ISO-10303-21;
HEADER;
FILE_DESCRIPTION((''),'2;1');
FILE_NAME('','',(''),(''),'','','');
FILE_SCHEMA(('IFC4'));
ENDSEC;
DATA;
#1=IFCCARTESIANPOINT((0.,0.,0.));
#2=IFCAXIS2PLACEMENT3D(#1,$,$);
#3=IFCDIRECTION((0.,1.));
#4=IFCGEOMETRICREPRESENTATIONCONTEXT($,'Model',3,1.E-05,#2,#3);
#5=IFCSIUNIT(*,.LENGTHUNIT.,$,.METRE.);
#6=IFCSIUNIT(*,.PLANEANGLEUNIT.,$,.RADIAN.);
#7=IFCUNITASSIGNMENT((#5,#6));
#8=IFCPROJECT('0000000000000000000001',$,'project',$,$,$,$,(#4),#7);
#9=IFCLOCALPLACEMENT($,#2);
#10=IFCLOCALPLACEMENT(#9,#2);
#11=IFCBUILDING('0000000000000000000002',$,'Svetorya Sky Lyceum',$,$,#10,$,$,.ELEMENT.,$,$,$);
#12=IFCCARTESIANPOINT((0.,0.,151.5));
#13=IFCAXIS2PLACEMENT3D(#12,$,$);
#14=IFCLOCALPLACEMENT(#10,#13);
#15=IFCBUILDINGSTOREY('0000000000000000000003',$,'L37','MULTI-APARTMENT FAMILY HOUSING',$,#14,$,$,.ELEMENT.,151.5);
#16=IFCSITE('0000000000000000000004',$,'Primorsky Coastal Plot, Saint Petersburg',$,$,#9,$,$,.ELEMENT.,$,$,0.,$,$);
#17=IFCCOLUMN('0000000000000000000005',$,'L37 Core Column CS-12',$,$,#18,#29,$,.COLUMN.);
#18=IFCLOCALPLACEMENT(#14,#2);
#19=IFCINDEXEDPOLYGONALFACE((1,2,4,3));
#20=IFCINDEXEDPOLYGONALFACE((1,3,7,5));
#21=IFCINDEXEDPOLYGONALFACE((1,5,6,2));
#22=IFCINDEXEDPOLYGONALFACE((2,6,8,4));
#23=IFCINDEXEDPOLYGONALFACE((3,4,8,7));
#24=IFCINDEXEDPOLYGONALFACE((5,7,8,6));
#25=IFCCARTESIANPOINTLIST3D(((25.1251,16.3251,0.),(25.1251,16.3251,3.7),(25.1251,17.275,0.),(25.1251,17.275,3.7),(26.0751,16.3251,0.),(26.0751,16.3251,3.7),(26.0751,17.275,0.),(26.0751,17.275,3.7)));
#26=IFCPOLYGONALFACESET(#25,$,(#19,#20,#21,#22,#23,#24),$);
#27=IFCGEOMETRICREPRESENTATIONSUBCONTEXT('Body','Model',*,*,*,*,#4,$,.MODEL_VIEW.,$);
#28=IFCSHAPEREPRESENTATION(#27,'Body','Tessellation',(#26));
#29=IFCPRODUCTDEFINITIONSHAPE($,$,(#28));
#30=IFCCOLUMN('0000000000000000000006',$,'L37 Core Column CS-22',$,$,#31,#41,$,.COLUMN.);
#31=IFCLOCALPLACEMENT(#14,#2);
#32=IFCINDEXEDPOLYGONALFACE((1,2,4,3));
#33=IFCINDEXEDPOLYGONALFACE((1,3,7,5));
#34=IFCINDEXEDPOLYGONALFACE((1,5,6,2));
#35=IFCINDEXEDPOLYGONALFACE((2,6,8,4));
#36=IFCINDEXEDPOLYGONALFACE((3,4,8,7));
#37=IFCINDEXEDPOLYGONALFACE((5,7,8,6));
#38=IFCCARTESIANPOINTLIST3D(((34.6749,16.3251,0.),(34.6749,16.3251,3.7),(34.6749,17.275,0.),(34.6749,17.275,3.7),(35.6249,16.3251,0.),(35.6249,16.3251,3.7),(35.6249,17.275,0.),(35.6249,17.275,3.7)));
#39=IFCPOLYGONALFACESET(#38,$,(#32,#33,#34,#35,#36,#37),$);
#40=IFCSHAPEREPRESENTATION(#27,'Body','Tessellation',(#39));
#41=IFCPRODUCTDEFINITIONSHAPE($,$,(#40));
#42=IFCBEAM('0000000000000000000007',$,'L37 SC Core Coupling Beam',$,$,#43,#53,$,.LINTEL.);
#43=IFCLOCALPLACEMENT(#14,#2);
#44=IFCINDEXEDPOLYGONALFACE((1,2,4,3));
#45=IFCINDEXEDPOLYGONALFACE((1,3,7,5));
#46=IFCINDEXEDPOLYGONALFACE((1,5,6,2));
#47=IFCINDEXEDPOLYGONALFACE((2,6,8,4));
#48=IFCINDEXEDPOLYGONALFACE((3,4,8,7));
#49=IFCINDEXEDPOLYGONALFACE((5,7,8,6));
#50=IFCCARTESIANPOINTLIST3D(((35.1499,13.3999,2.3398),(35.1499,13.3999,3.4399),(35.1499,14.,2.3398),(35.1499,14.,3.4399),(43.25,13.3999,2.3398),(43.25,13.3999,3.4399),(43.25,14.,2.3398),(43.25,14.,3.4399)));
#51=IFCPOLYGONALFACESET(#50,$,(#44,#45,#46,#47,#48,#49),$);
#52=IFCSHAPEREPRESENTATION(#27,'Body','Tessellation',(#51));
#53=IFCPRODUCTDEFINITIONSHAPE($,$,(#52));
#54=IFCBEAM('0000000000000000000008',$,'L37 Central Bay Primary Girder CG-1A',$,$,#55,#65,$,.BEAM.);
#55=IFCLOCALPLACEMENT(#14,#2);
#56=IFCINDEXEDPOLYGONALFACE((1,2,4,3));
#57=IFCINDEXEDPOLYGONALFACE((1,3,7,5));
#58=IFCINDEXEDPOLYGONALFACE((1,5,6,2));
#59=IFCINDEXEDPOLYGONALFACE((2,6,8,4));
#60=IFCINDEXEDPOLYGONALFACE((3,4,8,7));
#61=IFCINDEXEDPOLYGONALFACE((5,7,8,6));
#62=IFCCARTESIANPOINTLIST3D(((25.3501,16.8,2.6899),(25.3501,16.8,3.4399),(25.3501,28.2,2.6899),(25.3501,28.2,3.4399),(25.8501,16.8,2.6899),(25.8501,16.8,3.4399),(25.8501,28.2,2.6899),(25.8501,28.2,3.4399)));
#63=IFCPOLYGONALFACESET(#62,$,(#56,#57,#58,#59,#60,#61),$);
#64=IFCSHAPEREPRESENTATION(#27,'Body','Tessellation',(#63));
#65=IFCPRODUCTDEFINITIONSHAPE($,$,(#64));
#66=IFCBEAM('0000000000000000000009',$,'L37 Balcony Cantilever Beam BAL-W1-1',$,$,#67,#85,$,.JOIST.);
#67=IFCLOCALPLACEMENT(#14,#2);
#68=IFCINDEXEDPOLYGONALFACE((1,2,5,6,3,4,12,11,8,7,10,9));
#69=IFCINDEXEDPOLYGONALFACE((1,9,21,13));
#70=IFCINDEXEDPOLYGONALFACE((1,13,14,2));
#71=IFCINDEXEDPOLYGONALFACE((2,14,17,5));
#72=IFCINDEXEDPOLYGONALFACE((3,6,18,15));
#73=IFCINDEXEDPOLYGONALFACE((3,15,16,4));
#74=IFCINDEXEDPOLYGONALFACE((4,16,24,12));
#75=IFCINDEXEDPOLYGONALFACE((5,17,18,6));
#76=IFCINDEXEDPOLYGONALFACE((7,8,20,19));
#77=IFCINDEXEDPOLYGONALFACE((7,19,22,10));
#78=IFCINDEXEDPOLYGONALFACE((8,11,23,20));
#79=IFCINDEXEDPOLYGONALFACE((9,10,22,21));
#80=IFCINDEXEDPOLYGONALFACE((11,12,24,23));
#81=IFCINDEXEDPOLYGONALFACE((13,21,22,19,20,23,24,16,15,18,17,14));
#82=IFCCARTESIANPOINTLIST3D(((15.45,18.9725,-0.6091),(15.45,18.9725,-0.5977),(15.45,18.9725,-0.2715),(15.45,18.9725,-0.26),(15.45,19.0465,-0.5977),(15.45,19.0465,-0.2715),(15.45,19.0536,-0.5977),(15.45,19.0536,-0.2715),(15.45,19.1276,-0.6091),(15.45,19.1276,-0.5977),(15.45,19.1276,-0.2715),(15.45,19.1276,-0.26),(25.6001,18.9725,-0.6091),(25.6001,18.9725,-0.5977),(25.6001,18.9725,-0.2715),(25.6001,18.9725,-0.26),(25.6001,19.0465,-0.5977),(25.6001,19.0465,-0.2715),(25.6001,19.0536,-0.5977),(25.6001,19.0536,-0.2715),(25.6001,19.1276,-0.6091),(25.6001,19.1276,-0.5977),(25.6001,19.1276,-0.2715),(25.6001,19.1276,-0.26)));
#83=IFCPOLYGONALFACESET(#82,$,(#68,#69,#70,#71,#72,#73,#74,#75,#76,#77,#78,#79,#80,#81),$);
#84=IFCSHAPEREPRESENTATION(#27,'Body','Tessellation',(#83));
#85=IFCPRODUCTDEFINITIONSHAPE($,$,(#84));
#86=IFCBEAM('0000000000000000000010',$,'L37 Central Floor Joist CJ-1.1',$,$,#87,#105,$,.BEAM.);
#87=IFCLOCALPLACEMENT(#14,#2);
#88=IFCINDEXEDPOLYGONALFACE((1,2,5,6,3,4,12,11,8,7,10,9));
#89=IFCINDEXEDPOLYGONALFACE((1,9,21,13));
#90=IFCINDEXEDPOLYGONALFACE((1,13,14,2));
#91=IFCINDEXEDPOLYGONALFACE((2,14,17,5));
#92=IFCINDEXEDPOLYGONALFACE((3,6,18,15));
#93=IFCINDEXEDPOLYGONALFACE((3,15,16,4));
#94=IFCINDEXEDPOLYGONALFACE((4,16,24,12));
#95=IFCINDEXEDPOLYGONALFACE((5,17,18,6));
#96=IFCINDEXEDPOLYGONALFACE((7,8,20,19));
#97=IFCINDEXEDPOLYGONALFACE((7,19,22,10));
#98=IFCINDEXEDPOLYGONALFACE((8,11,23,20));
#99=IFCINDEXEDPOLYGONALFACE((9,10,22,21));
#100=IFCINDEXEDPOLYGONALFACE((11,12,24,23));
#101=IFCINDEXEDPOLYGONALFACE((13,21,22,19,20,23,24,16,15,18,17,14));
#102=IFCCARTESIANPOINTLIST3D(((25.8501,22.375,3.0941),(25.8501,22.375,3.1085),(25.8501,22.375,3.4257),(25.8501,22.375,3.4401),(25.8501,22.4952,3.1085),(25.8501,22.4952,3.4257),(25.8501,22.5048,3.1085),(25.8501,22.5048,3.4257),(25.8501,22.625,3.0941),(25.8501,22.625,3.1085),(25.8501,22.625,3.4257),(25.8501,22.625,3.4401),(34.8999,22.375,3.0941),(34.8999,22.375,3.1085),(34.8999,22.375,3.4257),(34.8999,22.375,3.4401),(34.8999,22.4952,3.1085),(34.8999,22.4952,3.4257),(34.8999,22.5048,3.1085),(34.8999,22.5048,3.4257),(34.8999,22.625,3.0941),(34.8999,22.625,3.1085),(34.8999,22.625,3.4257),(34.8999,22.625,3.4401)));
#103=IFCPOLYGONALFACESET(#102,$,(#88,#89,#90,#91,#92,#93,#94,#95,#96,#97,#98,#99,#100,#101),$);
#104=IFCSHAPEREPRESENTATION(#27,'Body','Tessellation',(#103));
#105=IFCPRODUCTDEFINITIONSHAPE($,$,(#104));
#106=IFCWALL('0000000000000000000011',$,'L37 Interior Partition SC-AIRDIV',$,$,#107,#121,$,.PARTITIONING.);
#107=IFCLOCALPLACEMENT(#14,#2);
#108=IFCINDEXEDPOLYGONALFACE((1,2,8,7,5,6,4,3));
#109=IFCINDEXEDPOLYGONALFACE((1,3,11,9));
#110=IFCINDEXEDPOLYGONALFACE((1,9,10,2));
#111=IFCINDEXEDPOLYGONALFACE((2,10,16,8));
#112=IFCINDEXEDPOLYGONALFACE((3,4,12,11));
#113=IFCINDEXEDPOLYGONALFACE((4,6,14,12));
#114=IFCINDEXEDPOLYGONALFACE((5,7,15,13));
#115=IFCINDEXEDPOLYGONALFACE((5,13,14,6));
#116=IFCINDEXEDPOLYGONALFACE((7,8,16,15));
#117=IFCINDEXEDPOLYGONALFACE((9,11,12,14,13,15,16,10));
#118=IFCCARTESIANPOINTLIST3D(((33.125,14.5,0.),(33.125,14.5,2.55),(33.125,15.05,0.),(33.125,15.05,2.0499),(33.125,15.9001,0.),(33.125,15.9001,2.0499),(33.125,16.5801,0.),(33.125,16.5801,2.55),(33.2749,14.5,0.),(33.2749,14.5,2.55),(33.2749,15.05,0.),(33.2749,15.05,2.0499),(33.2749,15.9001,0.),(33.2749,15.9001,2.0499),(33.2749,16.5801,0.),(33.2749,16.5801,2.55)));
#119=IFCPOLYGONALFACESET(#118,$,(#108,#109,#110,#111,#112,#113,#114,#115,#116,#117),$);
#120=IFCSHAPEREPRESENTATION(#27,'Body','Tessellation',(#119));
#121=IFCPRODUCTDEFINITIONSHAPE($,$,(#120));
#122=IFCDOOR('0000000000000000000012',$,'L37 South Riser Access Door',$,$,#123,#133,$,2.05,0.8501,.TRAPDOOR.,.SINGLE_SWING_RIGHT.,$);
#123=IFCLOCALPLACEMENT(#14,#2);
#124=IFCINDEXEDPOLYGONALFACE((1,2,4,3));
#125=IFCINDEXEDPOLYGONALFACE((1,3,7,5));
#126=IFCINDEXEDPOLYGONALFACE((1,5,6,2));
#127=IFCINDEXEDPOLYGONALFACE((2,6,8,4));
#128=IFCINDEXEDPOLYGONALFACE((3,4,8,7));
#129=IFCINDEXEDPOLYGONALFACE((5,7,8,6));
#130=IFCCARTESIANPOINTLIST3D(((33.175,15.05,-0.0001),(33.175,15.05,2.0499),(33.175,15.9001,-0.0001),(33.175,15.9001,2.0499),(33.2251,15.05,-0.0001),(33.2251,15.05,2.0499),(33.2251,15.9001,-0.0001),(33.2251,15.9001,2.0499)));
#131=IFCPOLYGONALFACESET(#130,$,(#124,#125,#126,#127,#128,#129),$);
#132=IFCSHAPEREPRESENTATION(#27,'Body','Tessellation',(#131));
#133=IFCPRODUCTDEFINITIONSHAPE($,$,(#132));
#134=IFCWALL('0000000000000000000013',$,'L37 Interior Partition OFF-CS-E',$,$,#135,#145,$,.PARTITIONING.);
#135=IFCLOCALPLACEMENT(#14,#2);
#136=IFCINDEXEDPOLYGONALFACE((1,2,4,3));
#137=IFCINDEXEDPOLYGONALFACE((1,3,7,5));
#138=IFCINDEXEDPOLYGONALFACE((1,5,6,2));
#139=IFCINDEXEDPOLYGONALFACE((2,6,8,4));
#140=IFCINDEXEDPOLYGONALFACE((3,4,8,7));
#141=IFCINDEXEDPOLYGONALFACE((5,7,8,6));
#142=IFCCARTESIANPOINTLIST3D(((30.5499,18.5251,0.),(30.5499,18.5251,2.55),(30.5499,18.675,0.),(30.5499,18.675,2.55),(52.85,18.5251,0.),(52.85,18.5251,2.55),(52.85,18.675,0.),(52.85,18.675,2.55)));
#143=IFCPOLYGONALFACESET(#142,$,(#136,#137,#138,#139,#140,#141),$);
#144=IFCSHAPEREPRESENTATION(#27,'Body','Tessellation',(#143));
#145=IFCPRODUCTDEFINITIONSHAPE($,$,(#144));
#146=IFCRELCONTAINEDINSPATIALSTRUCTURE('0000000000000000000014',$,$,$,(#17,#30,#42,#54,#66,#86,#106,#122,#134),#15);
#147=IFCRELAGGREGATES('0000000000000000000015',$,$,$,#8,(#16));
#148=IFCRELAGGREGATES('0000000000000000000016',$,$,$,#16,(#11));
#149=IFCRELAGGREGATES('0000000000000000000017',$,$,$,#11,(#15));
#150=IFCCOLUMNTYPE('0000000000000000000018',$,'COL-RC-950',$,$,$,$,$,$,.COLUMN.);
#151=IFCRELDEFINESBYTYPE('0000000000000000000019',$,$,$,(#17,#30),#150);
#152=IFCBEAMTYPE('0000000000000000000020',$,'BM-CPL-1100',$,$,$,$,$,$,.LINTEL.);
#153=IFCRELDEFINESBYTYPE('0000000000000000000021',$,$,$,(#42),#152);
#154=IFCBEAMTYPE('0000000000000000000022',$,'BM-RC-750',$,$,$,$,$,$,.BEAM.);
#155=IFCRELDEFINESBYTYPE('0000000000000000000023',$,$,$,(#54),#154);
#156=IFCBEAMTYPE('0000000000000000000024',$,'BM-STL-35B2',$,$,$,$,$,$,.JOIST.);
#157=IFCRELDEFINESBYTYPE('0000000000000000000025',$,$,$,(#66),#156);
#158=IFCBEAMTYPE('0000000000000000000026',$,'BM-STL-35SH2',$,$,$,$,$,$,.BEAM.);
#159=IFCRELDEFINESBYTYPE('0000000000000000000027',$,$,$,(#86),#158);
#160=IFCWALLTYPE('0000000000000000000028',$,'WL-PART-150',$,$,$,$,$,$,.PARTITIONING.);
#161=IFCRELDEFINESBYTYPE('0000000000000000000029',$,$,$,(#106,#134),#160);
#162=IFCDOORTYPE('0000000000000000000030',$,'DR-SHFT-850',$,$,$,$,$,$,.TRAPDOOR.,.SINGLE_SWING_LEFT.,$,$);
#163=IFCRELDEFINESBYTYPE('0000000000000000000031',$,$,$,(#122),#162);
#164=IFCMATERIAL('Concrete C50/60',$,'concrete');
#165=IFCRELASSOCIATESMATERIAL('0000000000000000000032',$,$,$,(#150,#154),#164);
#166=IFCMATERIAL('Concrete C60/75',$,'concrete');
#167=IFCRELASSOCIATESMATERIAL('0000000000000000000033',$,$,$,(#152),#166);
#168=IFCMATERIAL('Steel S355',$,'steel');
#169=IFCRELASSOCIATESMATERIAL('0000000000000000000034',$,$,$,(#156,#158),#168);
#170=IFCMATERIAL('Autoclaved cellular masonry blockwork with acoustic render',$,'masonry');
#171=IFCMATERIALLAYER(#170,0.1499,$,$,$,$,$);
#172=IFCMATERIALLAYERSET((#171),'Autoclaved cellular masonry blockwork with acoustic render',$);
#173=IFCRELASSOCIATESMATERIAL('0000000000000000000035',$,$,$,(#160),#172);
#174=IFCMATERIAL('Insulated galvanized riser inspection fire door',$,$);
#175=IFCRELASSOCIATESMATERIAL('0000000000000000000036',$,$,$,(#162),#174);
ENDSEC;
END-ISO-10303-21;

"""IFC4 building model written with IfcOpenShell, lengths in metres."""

from ifc_helpers import new_model, si_unit, direction, frame, frame_2d, origin, origin_2d, place, context, subcontext, project, spatial, rectangle, i_section, extrude, material, layer, layer_set, material_profile, profile_set, type_object, element, fill, save


model = new_model("IFC4")

# Units and contexts
model_context = context("Model", 3, precision=1e-05, world=origin(), true_north=direction((0.0, 1.0)))
body_context = subcontext(model_context, "Body", "Model", "MODEL_VIEW")
ifc_project = project(units=[si_unit("LENGTHUNIT", "METRE"), si_unit("PLANEANGLEUNIT", "RADIAN")], contexts=[model_context])

# Site, building, storey
site_placement = place(None, origin())
site = spatial("IfcSite", under=ifc_project, at=site_placement, Name="Primorsky Coastal Plot, Saint Petersburg", CompositionType="ELEMENT", RefElevation=0.0)
building_placement = place(site_placement, origin())
building = spatial("IfcBuilding", under=site, at=building_placement, Name="Svetorya Sky Lyceum", CompositionType="ELEMENT")
storey_placement = place(building_placement, frame((0.0, 0.0, 151.5)))
storey = spatial("IfcBuildingStorey", under=building, at=storey_placement, Name="L37", Description="MULTI-APARTMENT FAMILY HOUSING", CompositionType="ELEMENT", Elevation=151.5)

# Columns
ifc_material_1 = material(Name="Concrete C50/60", Category="concrete")
ifc_material_profile_1 = material_profile(ifc_material_1, rectangle(XDim=0.95, YDim=0.95, at=origin_2d()), Name="RC COL 950x950")
ifc_profile_set_1 = profile_set([ifc_material_profile_1], Name="Concrete C50/60")
column_type = type_object("IfcColumnType", Name="COL-RC-950", PredefinedType="COLUMN", material=ifc_profile_set_1)
for number, where, z_axis, x_axis, name in (
    (1, (25.6001, 16.8, 0.0), (0.0, 0.0, 1.0), (1.0, 0.0, 0.0), "L37 Core Column CS-12"),
    (2, (35.1499, 16.8, 0.0), (0.0, 0.0, 1.0), (1.0, 0.0, 0.0), "L37 Core Column CS-22"),
):
    element("IfcColumn", number, at=place(storey_placement, frame(where, z_axis=z_axis, x_axis=x_axis)), inside=storey, type_object=column_type, Name=name, PredefinedType="COLUMN", context=body_context, shape_type="SweptSolid", body=[
        extrude(rectangle(XDim=0.95, YDim=0.95, at=origin_2d()), origin(), (0.0, 0.0, 1.0), 3.7),
    ])

# Beams
ifc_material_2 = material(Name="Concrete C60/75", Category="concrete")
ifc_material_profile_2 = material_profile(ifc_material_2, rectangle(XDim=0.6001, YDim=1.1001, at=origin_2d()), Name="RC COUPLING 600x1100")
ifc_profile_set_2 = profile_set([ifc_material_profile_2], Name="Concrete C60/75")
beam_type_1 = type_object("IfcBeamType", Name="BM-CPL-1100", PredefinedType="LINTEL", material=ifc_profile_set_2)
beam_1_placement = place(storey_placement, frame((35.1499, 13.7, 2.8899), z_axis=(1.0, 0.0, 0.0), x_axis=(0.0, 1.0, 0.0)))
element("IfcBeam", 3, at=beam_1_placement, inside=storey, type_object=beam_type_1, Name="L37 SC Core Coupling Beam", PredefinedType="LINTEL", context=body_context, shape_type="SweptSolid", body=[
    extrude(rectangle(XDim=0.6001, YDim=1.1001, at=origin_2d()), origin(), (0.0, 0.0, 1.0), 8.1001),
])
ifc_material_profile_3 = material_profile(ifc_material_1, rectangle(XDim=0.5, YDim=0.75, at=origin_2d()), Name="RC BEAM 500x750")
ifc_profile_set_3 = profile_set([ifc_material_profile_3], Name="Concrete C50/60")
beam_type_2 = type_object("IfcBeamType", Name="BM-RC-750", PredefinedType="BEAM", material=ifc_profile_set_3)
beam_2_placement = place(storey_placement, frame((25.6001, 16.8, 3.0649), z_axis=(0.0, 1.0, 0.0), x_axis=(-1.0, 0.0, 0.0)))
element("IfcBeam", 4, at=beam_2_placement, inside=storey, type_object=beam_type_2, Name="L37 Central Bay Primary Girder CG-1A", PredefinedType="BEAM", context=body_context, shape_type="SweptSolid", body=[
    extrude(rectangle(XDim=0.5, YDim=0.75, at=origin_2d()), origin(), (0.0, 0.0, 1.0), 11.3999),
])
ifc_material_3 = material(Name="Steel S355", Category="steel")
ifc_material_profile_4 = material_profile(ifc_material_3, i_section(OverallWidth=0.155, OverallDepth=0.3491, WebThickness=0.0071, FlangeThickness=0.0115, at=origin_2d()), Name="GOST 35B2")
ifc_profile_set_4 = profile_set([ifc_material_profile_4], Name="Steel S355")
beam_type_3 = type_object("IfcBeamType", Name="BM-STL-35B2", PredefinedType="JOIST", material=ifc_profile_set_4)
beam_3_placement = place(storey_placement, frame((25.6001, 19.05, -0.4346), z_axis=(-1.0, 0.0, 0.0), x_axis=(0.0, -1.0, 0.0)))
element("IfcBeam", 5, at=beam_3_placement, inside=storey, type_object=beam_type_3, Name="L37 Balcony Cantilever Beam BAL-W1-1", PredefinedType="JOIST", context=body_context, shape_type="SweptSolid", body=[
    extrude(i_section(OverallWidth=0.155, OverallDepth=0.3491, WebThickness=0.0071, FlangeThickness=0.0115, at=origin_2d()), origin(), (0.0, 0.0, 1.0), 10.1501),
])
ifc_material_profile_5 = material_profile(ifc_material_3, i_section(OverallWidth=0.25, OverallDepth=0.3459, WebThickness=0.0095, FlangeThickness=0.0144, at=origin_2d()), Name="GOST 35Sh2")
ifc_profile_set_5 = profile_set([ifc_material_profile_5], Name="Steel S355")
beam_type_4 = type_object("IfcBeamType", Name="BM-STL-35SH2", PredefinedType="BEAM", material=ifc_profile_set_5)
beam_4_placement = place(storey_placement, frame((25.8501, 22.5, 3.2671), z_axis=(1.0, 0.0, 0.0), x_axis=(0.0, 1.0, 0.0)))
element("IfcBeam", 6, at=beam_4_placement, inside=storey, type_object=beam_type_4, Name="L37 Central Floor Joist CJ-1.1", PredefinedType="BEAM", context=body_context, shape_type="SweptSolid", body=[
    extrude(i_section(OverallWidth=0.25, OverallDepth=0.3459, WebThickness=0.0095, FlangeThickness=0.0144, at=origin_2d()), origin(), (0.0, 0.0, 1.0), 9.0498),
])

# Wall, opening, door
ifc_material_4 = material(Name="Autoclaved cellular masonry blockwork with acoustic render", Category="masonry")
ifc_layer_1 = layer(ifc_material_4, 0.1499)
ifc_layer_set_1 = layer_set([ifc_layer_1], Name="Autoclaved cellular masonry blockwork with acoustic render")
wall_type_1 = type_object("IfcWallType", Name="WL-PART-150", PredefinedType="PARTITIONING", material=ifc_layer_set_1)
wall_1_placement = place(storey_placement, frame((33.2, 14.5, 0.0), z_axis=(0.0, 0.0, 1.0), x_axis=(0.0, 1.0, 0.0)))
wall_1 = element("IfcWall", 7, at=wall_1_placement, inside=storey, type_object=wall_type_1, Name="L37 Interior Partition SC-AIRDIV", PredefinedType="PARTITIONING", context=body_context, shape_type="SweptSolid", body=[
    extrude(rectangle(XDim=2.0801, YDim=0.1499, at=frame_2d((1.04, 0.0))), origin(), (0.0, 0.0, 1.0), 2.55),
])
opening_1_placement = place(wall_1_placement, frame((0.55, 0.0, 0.0)))
opening_1 = element("IfcOpeningElement", 8, at=opening_1_placement, cuts=wall_1, PredefinedType="OPENING", context=body_context, shape_type="SweptSolid", body=[
    extrude(rectangle(XDim=0.8501, YDim=2.05, at=frame_2d((0.425, 1.0249))), frame((0.0, 0.085, 0.0), z_axis=(0.0, -1.0, 0.0), x_axis=(1.0, 0.0, 0.0)), (0.0, 0.0, 1.0), 0.1699),
])
ifc_material_5 = material(Name="Insulated galvanized riser inspection fire door")
door_type_1 = type_object("IfcDoorType", Name="DR-SHFT-850", OperationType="SINGLE_SWING_LEFT", PredefinedType="TRAPDOOR", material=ifc_material_5)
door_1_placement = place(opening_1_placement, origin())
door_1 = element("IfcDoor", 9, at=door_1_placement, inside=storey, type_object=door_type_1, Name="L37 South Riser Access Door", OperationType="SINGLE_SWING_RIGHT", OverallHeight=2.05, OverallWidth=0.8501, PredefinedType="TRAPDOOR", context=body_context, shape_type="SweptSolid", body=[
    extrude(rectangle(XDim=0.8501, YDim=2.05, at=frame_2d((0.425, 1.0249))), frame((0.0, 0.0249, 0.0), z_axis=(0.0, -1.0, 0.0), x_axis=(1.0, 0.0, 0.0)), (0.0, 0.0, 1.0), 0.05),
])
fill(opening_1, door_1)

# Wall
wall_2_placement = place(storey_placement, frame((30.55, 18.6001, 0.0), z_axis=(0.0, 0.0, 1.0), x_axis=(1.0, 0.0, 0.0)))
element("IfcWall", 10, at=wall_2_placement, inside=storey, type_object=wall_type_1, Name="L37 Interior Partition OFF-CS-E", PredefinedType="PARTITIONING", context=body_context, shape_type="SweptSolid", body=[
    extrude(rectangle(XDim=22.3, YDim=0.1499, at=frame_2d((11.1499, 0.0))), origin(), (0.0, 0.0, 1.0), 2.55),
])

save(model, "model.ifc")
